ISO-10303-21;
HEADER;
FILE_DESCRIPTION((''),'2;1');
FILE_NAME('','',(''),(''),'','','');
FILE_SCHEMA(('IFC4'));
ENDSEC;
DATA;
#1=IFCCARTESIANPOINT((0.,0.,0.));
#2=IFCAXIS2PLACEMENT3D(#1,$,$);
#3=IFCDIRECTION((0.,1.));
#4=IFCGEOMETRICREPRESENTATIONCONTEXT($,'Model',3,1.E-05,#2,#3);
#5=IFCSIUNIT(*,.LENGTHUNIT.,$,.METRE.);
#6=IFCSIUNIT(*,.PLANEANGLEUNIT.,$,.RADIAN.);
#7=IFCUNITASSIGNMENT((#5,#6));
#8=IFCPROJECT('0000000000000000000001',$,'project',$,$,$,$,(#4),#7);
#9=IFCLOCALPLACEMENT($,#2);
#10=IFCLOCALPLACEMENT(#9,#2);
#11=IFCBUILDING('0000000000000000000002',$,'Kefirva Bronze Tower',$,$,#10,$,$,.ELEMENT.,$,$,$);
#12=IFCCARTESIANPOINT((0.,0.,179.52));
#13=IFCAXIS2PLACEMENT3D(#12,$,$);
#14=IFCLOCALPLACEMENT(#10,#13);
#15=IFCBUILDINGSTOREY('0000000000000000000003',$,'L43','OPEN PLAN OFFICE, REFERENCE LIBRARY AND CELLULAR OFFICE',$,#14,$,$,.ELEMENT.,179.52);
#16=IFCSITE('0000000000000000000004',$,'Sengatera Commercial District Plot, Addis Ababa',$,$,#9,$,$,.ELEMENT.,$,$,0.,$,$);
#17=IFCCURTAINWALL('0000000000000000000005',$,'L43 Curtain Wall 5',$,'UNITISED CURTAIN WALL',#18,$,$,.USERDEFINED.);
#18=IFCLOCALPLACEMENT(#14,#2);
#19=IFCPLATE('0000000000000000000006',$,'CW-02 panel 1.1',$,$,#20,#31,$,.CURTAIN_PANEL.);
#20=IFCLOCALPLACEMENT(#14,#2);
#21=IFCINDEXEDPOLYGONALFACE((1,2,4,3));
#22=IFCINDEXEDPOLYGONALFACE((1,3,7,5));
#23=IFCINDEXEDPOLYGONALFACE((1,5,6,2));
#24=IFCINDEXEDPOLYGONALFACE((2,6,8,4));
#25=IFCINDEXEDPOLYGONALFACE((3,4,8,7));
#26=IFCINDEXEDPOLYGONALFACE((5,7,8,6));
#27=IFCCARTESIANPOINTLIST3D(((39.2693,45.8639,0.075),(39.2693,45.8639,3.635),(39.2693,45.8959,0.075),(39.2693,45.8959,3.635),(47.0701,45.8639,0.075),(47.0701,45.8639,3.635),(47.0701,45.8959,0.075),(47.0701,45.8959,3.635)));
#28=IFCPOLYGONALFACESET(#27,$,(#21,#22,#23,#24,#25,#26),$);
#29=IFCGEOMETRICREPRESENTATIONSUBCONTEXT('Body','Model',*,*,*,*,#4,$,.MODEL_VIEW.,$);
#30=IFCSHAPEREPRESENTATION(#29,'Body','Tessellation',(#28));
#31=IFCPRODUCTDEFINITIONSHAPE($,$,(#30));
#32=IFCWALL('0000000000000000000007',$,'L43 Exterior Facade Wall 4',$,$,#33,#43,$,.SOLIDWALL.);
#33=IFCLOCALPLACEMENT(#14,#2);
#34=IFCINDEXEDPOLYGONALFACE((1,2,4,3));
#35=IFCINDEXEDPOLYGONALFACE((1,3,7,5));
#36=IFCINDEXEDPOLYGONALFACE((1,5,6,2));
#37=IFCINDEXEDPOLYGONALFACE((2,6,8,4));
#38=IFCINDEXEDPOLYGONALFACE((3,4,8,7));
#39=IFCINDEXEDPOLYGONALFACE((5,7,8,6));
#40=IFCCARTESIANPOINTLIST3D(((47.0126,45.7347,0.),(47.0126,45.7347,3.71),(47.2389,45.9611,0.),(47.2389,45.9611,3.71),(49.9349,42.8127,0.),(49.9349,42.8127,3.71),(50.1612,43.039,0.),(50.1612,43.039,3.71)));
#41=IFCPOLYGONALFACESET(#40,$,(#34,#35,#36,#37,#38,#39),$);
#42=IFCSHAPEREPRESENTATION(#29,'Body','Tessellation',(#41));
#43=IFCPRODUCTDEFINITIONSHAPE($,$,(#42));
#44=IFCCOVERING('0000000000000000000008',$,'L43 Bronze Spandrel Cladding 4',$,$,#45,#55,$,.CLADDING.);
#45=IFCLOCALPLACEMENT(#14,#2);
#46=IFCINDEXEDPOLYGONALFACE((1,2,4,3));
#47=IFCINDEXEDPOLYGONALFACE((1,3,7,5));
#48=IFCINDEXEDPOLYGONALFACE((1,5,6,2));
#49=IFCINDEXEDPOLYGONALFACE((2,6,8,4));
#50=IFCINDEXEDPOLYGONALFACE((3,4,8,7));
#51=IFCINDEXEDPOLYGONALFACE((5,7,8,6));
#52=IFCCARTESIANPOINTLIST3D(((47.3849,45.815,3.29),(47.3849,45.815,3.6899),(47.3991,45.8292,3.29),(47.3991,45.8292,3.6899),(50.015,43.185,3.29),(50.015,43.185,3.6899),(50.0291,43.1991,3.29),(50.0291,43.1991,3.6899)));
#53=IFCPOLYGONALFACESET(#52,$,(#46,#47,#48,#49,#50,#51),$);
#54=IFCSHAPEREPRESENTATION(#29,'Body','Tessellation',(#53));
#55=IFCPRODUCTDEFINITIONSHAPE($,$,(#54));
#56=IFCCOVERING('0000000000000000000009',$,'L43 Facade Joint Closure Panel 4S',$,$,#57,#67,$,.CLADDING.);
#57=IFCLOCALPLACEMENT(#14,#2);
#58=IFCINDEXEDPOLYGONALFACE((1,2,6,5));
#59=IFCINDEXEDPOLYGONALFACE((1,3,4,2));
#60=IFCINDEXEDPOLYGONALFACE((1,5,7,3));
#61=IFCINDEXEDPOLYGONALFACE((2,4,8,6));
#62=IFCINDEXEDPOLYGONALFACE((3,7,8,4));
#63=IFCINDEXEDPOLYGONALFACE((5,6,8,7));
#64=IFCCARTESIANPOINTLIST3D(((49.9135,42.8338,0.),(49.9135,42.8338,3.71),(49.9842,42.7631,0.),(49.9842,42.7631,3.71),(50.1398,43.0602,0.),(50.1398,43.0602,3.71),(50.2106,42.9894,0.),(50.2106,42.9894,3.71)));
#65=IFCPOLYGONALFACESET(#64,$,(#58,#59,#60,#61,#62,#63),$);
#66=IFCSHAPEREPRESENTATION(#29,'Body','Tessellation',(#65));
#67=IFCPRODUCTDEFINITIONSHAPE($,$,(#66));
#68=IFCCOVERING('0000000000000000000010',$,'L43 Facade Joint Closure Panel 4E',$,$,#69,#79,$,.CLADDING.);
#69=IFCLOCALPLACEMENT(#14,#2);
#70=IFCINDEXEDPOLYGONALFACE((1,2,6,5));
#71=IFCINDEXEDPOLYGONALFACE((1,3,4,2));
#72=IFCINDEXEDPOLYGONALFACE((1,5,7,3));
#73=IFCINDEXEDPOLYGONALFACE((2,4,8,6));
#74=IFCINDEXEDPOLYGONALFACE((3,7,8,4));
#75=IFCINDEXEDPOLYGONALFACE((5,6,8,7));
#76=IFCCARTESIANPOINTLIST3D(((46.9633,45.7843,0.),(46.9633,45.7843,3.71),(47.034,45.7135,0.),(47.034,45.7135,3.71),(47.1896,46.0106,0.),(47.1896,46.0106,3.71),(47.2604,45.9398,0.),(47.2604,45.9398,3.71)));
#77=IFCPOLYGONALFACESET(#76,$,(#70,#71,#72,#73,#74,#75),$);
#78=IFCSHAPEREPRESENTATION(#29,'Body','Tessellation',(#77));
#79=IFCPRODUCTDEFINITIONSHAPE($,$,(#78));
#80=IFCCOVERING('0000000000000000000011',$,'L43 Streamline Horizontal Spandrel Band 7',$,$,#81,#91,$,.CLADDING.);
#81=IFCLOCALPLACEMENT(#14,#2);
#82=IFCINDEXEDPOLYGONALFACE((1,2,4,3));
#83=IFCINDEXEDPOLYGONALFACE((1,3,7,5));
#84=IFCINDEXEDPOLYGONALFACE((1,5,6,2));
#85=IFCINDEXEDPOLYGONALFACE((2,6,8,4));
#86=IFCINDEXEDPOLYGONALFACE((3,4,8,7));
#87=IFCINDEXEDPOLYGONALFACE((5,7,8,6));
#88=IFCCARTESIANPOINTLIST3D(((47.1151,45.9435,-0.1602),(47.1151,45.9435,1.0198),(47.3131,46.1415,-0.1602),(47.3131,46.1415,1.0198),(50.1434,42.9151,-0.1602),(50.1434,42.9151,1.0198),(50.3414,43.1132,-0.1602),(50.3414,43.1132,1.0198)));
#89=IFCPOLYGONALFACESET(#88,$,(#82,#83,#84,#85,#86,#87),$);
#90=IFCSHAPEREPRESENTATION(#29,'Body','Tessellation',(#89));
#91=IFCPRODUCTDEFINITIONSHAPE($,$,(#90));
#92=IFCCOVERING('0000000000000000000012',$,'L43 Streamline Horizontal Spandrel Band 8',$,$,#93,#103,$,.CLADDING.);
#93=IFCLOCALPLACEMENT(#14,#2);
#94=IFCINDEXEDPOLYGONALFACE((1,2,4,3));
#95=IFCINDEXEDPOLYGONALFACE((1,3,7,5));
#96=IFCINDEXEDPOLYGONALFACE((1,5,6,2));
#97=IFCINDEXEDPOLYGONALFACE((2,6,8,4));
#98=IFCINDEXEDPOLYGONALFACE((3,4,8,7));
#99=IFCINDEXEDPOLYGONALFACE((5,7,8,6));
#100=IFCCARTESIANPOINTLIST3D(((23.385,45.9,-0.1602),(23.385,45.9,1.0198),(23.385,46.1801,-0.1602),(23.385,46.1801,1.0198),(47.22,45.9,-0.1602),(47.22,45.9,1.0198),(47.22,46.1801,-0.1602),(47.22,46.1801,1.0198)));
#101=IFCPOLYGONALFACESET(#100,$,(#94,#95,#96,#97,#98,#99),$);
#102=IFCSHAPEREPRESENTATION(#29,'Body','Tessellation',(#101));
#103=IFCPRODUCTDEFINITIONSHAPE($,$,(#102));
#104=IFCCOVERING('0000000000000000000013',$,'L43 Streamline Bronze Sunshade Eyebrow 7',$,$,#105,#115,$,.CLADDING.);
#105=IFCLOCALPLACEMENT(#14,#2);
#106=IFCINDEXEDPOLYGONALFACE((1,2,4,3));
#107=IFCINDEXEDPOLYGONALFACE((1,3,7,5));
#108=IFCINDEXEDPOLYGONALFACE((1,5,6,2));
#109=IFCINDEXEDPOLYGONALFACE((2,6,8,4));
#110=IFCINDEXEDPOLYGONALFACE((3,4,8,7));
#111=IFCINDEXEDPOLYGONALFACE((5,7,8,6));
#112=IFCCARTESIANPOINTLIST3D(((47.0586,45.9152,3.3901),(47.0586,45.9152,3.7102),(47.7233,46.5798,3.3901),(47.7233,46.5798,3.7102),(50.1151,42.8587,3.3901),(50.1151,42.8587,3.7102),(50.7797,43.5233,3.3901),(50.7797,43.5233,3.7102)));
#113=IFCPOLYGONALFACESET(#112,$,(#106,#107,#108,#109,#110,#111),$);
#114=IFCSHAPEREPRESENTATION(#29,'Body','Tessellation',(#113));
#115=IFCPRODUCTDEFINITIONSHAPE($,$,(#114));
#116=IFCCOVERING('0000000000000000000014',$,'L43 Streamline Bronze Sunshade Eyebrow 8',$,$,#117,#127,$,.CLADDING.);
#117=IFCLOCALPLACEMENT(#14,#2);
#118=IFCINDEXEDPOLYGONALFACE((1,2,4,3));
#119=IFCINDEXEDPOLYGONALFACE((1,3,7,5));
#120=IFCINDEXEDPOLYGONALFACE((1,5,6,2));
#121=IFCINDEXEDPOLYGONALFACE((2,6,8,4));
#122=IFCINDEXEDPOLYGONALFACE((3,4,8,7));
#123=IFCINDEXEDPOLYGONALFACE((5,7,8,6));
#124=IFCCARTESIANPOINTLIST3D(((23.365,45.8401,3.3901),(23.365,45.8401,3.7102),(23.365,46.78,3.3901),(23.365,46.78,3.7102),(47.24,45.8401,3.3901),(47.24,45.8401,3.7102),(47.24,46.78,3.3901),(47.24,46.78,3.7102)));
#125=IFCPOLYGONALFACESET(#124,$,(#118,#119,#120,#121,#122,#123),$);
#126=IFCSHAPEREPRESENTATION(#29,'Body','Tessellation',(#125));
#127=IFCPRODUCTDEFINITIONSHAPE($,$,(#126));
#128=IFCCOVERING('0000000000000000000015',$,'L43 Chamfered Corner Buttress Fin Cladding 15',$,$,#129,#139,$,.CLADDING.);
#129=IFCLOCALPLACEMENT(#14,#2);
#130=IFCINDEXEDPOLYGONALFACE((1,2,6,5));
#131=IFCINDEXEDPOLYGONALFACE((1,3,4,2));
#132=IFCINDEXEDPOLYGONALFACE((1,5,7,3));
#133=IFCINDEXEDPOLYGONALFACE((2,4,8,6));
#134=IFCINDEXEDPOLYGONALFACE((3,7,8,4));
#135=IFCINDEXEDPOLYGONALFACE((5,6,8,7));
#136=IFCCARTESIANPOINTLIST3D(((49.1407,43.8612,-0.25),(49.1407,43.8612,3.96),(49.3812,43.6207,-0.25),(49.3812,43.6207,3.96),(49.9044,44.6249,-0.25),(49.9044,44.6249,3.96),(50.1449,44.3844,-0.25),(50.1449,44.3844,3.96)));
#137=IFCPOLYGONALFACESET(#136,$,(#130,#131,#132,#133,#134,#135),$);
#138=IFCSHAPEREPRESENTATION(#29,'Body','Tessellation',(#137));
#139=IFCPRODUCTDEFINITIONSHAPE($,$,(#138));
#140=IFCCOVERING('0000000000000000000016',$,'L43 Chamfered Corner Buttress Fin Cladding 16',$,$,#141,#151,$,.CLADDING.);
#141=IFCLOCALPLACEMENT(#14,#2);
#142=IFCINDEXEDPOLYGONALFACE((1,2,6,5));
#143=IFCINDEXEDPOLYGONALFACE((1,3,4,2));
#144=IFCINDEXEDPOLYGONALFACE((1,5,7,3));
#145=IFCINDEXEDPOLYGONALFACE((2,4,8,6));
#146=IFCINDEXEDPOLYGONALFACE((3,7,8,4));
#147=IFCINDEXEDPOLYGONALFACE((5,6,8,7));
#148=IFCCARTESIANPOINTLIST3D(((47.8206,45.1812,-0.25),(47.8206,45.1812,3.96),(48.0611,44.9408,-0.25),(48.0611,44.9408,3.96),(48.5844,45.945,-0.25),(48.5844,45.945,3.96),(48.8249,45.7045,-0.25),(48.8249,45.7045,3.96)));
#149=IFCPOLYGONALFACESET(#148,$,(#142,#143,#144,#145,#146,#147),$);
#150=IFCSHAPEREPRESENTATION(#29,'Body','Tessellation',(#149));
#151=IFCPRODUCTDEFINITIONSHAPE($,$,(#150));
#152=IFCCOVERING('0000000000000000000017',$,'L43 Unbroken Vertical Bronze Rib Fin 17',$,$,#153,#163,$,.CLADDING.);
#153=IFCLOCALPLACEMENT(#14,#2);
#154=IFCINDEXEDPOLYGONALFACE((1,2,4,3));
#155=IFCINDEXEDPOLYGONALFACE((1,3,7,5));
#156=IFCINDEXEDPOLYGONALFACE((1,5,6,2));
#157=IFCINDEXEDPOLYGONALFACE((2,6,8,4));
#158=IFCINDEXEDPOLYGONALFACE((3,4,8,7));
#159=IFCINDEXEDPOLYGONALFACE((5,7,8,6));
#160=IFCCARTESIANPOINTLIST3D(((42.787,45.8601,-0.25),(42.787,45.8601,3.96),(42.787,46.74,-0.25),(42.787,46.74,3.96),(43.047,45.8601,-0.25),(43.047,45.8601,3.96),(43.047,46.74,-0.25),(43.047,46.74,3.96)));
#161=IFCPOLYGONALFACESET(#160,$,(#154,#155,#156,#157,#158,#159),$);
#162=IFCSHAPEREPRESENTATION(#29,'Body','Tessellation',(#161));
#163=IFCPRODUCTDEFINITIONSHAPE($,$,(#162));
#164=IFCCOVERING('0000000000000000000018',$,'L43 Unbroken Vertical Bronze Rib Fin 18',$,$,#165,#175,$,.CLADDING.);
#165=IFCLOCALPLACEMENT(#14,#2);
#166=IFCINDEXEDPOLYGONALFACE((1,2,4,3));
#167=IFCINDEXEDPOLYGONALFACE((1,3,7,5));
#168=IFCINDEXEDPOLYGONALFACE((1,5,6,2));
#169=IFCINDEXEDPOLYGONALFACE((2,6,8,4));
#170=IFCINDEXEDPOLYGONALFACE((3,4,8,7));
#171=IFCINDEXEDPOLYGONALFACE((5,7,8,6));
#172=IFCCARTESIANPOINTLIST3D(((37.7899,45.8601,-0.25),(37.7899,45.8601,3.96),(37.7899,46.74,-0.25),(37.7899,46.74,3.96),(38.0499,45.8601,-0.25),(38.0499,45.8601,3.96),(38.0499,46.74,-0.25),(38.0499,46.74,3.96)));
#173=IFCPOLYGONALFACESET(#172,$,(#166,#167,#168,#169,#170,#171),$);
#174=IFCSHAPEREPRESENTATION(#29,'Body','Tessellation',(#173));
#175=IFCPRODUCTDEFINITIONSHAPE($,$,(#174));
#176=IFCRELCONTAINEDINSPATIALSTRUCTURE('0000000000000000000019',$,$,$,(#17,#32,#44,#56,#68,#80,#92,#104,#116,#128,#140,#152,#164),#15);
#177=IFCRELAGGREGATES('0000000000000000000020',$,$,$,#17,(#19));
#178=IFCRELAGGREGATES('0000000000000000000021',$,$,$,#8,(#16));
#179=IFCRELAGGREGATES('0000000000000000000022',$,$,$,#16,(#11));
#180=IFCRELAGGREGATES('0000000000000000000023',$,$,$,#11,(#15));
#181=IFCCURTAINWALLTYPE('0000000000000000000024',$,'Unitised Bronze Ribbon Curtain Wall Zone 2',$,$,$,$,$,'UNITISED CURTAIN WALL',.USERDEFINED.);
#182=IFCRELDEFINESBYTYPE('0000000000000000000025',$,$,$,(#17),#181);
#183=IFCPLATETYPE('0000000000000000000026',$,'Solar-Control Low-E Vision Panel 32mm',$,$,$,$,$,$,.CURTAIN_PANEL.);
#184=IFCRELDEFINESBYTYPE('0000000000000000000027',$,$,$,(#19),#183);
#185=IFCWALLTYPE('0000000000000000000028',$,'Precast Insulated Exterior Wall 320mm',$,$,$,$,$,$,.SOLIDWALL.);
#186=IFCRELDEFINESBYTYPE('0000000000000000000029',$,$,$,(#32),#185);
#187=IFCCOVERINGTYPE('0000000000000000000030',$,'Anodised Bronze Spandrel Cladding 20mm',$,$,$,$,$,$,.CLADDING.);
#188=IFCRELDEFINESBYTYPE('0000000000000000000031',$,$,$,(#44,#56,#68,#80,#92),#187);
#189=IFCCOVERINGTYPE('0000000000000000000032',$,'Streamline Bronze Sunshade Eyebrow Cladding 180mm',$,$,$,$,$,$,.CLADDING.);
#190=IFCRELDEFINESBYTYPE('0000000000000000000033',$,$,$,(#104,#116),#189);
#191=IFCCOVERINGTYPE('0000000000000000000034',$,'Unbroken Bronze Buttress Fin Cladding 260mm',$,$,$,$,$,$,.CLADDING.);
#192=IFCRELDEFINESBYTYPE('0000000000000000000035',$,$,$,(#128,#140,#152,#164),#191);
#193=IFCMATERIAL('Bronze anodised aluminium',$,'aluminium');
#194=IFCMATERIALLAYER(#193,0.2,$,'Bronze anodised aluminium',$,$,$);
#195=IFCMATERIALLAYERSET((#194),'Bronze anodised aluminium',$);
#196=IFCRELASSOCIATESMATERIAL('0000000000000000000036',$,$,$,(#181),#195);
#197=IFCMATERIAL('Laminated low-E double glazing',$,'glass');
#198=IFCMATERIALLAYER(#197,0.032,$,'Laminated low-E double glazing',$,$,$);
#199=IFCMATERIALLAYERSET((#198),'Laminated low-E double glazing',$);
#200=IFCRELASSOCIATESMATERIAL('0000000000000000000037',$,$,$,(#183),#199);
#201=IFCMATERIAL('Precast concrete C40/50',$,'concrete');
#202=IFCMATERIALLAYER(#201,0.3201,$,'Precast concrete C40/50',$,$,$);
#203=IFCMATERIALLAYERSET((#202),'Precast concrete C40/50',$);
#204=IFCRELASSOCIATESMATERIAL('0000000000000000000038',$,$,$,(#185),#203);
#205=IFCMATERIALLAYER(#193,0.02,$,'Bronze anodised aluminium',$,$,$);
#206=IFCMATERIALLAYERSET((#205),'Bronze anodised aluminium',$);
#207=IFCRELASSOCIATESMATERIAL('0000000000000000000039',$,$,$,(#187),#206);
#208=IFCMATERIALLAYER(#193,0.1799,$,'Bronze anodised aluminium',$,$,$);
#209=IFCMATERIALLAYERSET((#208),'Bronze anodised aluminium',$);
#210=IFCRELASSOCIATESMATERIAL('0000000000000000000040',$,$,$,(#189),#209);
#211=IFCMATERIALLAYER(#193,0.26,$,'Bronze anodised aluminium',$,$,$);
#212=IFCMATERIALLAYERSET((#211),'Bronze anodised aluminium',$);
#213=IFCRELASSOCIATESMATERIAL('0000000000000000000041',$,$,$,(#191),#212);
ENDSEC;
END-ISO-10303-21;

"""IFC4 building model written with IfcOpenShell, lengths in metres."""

from ifc_helpers import new_model, si_unit, direction, frame, frame_2d, origin, origin_2d, place, context, subcontext, project, spatial, rectangle, extrude, material, layer, layer_set, type_object, element, aggregate, save


model = new_model("IFC4")

# Units and contexts
model_context = context("Model", 3, precision=1e-05, world=origin(), true_north=direction((0.0, 1.0)))
body_context = subcontext(model_context, "Body", "Model", "MODEL_VIEW")
ifc_project = project(units=[si_unit("LENGTHUNIT", "METRE"), si_unit("PLANEANGLEUNIT", "RADIAN")], contexts=[model_context])

# Site, building, storey
site_placement = place(None, origin())
site = spatial("IfcSite", under=ifc_project, at=site_placement, Name="Sengatera Commercial District Plot, Addis Ababa", CompositionType="ELEMENT", RefElevation=0.0)
building_placement = place(site_placement, origin())
building = spatial("IfcBuilding", under=site, at=building_placement, Name="Kefirva Bronze Tower", CompositionType="ELEMENT")
storey_placement = place(building_placement, frame((0.0, 0.0, 179.52)))
storey = spatial("IfcBuildingStorey", under=building, at=storey_placement, Name="L43", Description="OPEN PLAN OFFICE, REFERENCE LIBRARY AND CELLULAR OFFICE", CompositionType="ELEMENT", Elevation=179.52)

# Shared definitions
ifc_material_1 = material(Name="Bronze anodised aluminium", Category="aluminium")
ifc_layer_1 = layer(ifc_material_1, 0.2, Name="Bronze anodised aluminium")
ifc_layer_set_1 = layer_set([ifc_layer_1], Name="Bronze anodised aluminium")
curtain_wall_type = type_object("IfcCurtainWallType", Name="Unitised Bronze Ribbon Curtain Wall Zone 2", ElementType="UNITISED CURTAIN WALL", PredefinedType="USERDEFINED", material=ifc_layer_set_1)

# Curtain wall
curtain_wall_1_placement = place(storey_placement, origin())
curtain_wall_1 = element("IfcCurtainWall", 1, at=curtain_wall_1_placement, inside=storey, type_object=curtain_wall_type, Name="L43 Curtain Wall 5", ObjectType="UNITISED CURTAIN WALL", PredefinedType="USERDEFINED")

# Plate
ifc_material_2 = material(Name="Laminated low-E double glazing", Category="glass")
ifc_layer_2 = layer(ifc_material_2, 0.032, Name="Laminated low-E double glazing")
ifc_layer_set_2 = layer_set([ifc_layer_2], Name="Laminated low-E double glazing")
plate_type = type_object("IfcPlateType", Name="Solar-Control Low-E Vision Panel 32mm", PredefinedType="CURTAIN_PANEL", material=ifc_layer_set_2)
plate_placement = place(storey_placement, frame((43.1697, 45.8799, 0.075), z_axis=(0.0, 0.0, 1.0), x_axis=(-1.0, 0.0, 0.0)))
plate = element("IfcPlate", 2, at=plate_placement, type_object=plate_type, Name="CW-02 panel 1.1", PredefinedType="CURTAIN_PANEL", context=body_context, shape_type="SweptSolid", body=[
    extrude(rectangle(XDim=7.8008, YDim=0.032, at=origin_2d()), origin(), (0.0, 0.0, 1.0), 3.5601),
])
aggregate(curtain_wall_1, [plate])

# Wall
ifc_material_3 = material(Name="Precast concrete C40/50", Category="concrete")
ifc_layer_3 = layer(ifc_material_3, 0.3201, Name="Precast concrete C40/50")
ifc_layer_set_3 = layer_set([ifc_layer_3], Name="Precast concrete C40/50")
wall_type = type_object("IfcWallType", Name="Precast Insulated Exterior Wall 320mm", PredefinedType="SOLIDWALL", material=ifc_layer_set_3)
wall_placement = place(storey_placement, frame((50.0481, 42.9258, 0.0), z_axis=(0.0, 0.0, 1.0), x_axis=(-0.707136, 0.707077, 0.0)))
element("IfcWall", 3, at=wall_placement, inside=storey, type_object=wall_type, Name="L43 Exterior Facade Wall 4", PredefinedType="SOLIDWALL", context=body_context, shape_type="SweptSolid", body=[
    extrude(rectangle(XDim=4.1326, YDim=0.3201, at=frame_2d((2.0664, 0.0))), origin(), (0.0, 0.0, 1.0), 3.71),
])

# Coverings
ifc_layer_4 = layer(ifc_material_1, 0.02, Name="Bronze anodised aluminium")
ifc_layer_set_4 = layer_set([ifc_layer_4], Name="Bronze anodised aluminium")
covering_type_1 = type_object("IfcCoveringType", Name="Anodised Bronze Spandrel Cladding 20mm", PredefinedType="CLADDING", material=ifc_layer_set_4)
covering_1_placement = place(storey_placement, frame((48.707, 44.5071, 3.29), z_axis=(0.0, 0.0, 1.0), x_axis=(-0.707107, 0.707107, 0.0)))
element("IfcCovering", 4, at=covering_1_placement, inside=storey, type_object=covering_type_1, Name="L43 Bronze Spandrel Cladding 4", PredefinedType="CLADDING", context=body_context, shape_type="SweptSolid", body=[
    extrude(rectangle(XDim=3.7195, YDim=0.02, at=origin_2d()), origin(), (0.0, 0.0, 1.0), 0.3999),
])
for number, where, z_axis, x_axis, name in (
    (5, (50.062, 42.9116, 0.0), (0.0, 0.0, 1.0), (-0.707107, 0.707107, 0.0), "L43 Facade Joint Closure Panel 4S"),
    (6, (47.1118, 45.8621, 0.0), (0.0, 0.0, 1.0), (-0.707107, 0.707107, 0.0), "L43 Facade Joint Closure Panel 4E"),
):
    element("IfcCovering", number, at=place(storey_placement, frame(where, z_axis=z_axis, x_axis=x_axis)), inside=storey, type_object=covering_type_1, Name=name, PredefinedType="CLADDING", context=body_context, shape_type="SweptSolid", body=[
        extrude(rectangle(XDim=0.1001, YDim=0.3201, at=origin_2d()), origin(), (0.0, 0.0, 1.0), 3.71),
    ])
covering_2_placement = place(storey_placement, frame((48.7283, 44.5283, -0.1602), z_axis=(0.0, 0.0, 1.0), x_axis=(-0.707107, 0.707107, 0.0)))
element("IfcCovering", 7, at=covering_2_placement, inside=storey, type_object=covering_type_1, Name="L43 Streamline Horizontal Spandrel Band 7", PredefinedType="CLADDING", context=body_context, shape_type="SweptSolid", body=[
    extrude(rectangle(XDim=4.2827, YDim=0.28, at=origin_2d()), origin(), (0.0, 0.0, 1.0), 1.1799),
])
covering_3_placement = place(storey_placement, frame((35.3025, 46.04, -0.1602), z_axis=(0.0, 0.0, 1.0), x_axis=(-1.0, 0.0, 0.0)))
element("IfcCovering", 8, at=covering_3_placement, inside=storey, type_object=covering_type_1, Name="L43 Streamline Horizontal Spandrel Band 8", PredefinedType="CLADDING", context=body_context, shape_type="SweptSolid", body=[
    extrude(rectangle(XDim=23.835, YDim=0.28, at=origin_2d()), origin(), (0.0, 0.0, 1.0), 1.1799),
])
ifc_layer_5 = layer(ifc_material_1, 0.1799, Name="Bronze anodised aluminium")
ifc_layer_set_5 = layer_set([ifc_layer_5], Name="Bronze anodised aluminium")
covering_type_2 = type_object("IfcCoveringType", Name="Streamline Bronze Sunshade Eyebrow Cladding 180mm", PredefinedType="CLADDING", material=ifc_layer_set_5)
covering_4_placement = place(storey_placement, frame((48.9192, 44.7192, 3.3901), z_axis=(0.0, 0.0, 1.0), x_axis=(-0.707107, 0.707107, 0.0)))
element("IfcCovering", 9, at=covering_4_placement, inside=storey, type_object=covering_type_2, Name="L43 Streamline Bronze Sunshade Eyebrow 7", PredefinedType="CLADDING", context=body_context, shape_type="SweptSolid", body=[
    extrude(rectangle(XDim=4.3225, YDim=0.9399, at=origin_2d()), origin(), (0.0, 0.0, 1.0), 0.3201),
])
covering_5_placement = place(storey_placement, frame((35.3025, 46.3101, 3.3901), z_axis=(0.0, 0.0, 1.0), x_axis=(-1.0, 0.0, 0.0)))
element("IfcCovering", 10, at=covering_5_placement, inside=storey, type_object=covering_type_2, Name="L43 Streamline Bronze Sunshade Eyebrow 8", PredefinedType="CLADDING", context=body_context, shape_type="SweptSolid", body=[
    extrude(rectangle(XDim=23.875, YDim=0.9399, at=origin_2d()), origin(), (0.0, 0.0, 1.0), 0.3201),
])
ifc_layer_6 = layer(ifc_material_1, 0.26, Name="Bronze anodised aluminium")
ifc_layer_set_6 = layer_set([ifc_layer_6], Name="Bronze anodised aluminium")
covering_type_3 = type_object("IfcCoveringType", Name="Unbroken Bronze Buttress Fin Cladding 260mm", PredefinedType="CLADDING", material=ifc_layer_set_6)
for number, where, z_axis, x_axis, name in (
    (11, (49.6428, 44.1228, -0.25), (0.0, 0.0, 1.0), (-0.707107, 0.707107, 0.0), "L43 Chamfered Corner Buttress Fin Cladding 15"),
    (12, (48.3228, 45.4429, -0.25), (0.0, 0.0, 1.0), (-0.707107, 0.707107, 0.0), "L43 Chamfered Corner Buttress Fin Cladding 16"),
):
    element("IfcCovering", number, at=place(storey_placement, frame(where, z_axis=z_axis, x_axis=x_axis)), inside=storey, type_object=covering_type_3, Name=name, PredefinedType="CLADDING", context=body_context, shape_type="SweptSolid", body=[
        extrude(rectangle(XDim=0.3401, YDim=1.0801, at=origin_2d()), origin(), (0.0, 0.0, 1.0), 4.21),
    ])
for number, where, z_axis, x_axis, name in (
    (13, (42.917, 46.3, -0.25), (0.0, 0.0, 1.0), (-1.0, 0.0, 0.0), "L43 Unbroken Vertical Bronze Rib Fin 17"),
    (14, (37.9199, 46.3, -0.25), (0.0, 0.0, 1.0), (-1.0, 0.0, 0.0), "L43 Unbroken Vertical Bronze Rib Fin 18"),
):
    element("IfcCovering", number, at=place(storey_placement, frame(where, z_axis=z_axis, x_axis=x_axis)), inside=storey, type_object=covering_type_3, Name=name, PredefinedType="CLADDING", context=body_context, shape_type="SweptSolid", body=[
        extrude(rectangle(XDim=0.26, YDim=0.8799, at=origin_2d()), origin(), (0.0, 0.0, 1.0), 4.21),
    ])

save(model, "model.ifc")
